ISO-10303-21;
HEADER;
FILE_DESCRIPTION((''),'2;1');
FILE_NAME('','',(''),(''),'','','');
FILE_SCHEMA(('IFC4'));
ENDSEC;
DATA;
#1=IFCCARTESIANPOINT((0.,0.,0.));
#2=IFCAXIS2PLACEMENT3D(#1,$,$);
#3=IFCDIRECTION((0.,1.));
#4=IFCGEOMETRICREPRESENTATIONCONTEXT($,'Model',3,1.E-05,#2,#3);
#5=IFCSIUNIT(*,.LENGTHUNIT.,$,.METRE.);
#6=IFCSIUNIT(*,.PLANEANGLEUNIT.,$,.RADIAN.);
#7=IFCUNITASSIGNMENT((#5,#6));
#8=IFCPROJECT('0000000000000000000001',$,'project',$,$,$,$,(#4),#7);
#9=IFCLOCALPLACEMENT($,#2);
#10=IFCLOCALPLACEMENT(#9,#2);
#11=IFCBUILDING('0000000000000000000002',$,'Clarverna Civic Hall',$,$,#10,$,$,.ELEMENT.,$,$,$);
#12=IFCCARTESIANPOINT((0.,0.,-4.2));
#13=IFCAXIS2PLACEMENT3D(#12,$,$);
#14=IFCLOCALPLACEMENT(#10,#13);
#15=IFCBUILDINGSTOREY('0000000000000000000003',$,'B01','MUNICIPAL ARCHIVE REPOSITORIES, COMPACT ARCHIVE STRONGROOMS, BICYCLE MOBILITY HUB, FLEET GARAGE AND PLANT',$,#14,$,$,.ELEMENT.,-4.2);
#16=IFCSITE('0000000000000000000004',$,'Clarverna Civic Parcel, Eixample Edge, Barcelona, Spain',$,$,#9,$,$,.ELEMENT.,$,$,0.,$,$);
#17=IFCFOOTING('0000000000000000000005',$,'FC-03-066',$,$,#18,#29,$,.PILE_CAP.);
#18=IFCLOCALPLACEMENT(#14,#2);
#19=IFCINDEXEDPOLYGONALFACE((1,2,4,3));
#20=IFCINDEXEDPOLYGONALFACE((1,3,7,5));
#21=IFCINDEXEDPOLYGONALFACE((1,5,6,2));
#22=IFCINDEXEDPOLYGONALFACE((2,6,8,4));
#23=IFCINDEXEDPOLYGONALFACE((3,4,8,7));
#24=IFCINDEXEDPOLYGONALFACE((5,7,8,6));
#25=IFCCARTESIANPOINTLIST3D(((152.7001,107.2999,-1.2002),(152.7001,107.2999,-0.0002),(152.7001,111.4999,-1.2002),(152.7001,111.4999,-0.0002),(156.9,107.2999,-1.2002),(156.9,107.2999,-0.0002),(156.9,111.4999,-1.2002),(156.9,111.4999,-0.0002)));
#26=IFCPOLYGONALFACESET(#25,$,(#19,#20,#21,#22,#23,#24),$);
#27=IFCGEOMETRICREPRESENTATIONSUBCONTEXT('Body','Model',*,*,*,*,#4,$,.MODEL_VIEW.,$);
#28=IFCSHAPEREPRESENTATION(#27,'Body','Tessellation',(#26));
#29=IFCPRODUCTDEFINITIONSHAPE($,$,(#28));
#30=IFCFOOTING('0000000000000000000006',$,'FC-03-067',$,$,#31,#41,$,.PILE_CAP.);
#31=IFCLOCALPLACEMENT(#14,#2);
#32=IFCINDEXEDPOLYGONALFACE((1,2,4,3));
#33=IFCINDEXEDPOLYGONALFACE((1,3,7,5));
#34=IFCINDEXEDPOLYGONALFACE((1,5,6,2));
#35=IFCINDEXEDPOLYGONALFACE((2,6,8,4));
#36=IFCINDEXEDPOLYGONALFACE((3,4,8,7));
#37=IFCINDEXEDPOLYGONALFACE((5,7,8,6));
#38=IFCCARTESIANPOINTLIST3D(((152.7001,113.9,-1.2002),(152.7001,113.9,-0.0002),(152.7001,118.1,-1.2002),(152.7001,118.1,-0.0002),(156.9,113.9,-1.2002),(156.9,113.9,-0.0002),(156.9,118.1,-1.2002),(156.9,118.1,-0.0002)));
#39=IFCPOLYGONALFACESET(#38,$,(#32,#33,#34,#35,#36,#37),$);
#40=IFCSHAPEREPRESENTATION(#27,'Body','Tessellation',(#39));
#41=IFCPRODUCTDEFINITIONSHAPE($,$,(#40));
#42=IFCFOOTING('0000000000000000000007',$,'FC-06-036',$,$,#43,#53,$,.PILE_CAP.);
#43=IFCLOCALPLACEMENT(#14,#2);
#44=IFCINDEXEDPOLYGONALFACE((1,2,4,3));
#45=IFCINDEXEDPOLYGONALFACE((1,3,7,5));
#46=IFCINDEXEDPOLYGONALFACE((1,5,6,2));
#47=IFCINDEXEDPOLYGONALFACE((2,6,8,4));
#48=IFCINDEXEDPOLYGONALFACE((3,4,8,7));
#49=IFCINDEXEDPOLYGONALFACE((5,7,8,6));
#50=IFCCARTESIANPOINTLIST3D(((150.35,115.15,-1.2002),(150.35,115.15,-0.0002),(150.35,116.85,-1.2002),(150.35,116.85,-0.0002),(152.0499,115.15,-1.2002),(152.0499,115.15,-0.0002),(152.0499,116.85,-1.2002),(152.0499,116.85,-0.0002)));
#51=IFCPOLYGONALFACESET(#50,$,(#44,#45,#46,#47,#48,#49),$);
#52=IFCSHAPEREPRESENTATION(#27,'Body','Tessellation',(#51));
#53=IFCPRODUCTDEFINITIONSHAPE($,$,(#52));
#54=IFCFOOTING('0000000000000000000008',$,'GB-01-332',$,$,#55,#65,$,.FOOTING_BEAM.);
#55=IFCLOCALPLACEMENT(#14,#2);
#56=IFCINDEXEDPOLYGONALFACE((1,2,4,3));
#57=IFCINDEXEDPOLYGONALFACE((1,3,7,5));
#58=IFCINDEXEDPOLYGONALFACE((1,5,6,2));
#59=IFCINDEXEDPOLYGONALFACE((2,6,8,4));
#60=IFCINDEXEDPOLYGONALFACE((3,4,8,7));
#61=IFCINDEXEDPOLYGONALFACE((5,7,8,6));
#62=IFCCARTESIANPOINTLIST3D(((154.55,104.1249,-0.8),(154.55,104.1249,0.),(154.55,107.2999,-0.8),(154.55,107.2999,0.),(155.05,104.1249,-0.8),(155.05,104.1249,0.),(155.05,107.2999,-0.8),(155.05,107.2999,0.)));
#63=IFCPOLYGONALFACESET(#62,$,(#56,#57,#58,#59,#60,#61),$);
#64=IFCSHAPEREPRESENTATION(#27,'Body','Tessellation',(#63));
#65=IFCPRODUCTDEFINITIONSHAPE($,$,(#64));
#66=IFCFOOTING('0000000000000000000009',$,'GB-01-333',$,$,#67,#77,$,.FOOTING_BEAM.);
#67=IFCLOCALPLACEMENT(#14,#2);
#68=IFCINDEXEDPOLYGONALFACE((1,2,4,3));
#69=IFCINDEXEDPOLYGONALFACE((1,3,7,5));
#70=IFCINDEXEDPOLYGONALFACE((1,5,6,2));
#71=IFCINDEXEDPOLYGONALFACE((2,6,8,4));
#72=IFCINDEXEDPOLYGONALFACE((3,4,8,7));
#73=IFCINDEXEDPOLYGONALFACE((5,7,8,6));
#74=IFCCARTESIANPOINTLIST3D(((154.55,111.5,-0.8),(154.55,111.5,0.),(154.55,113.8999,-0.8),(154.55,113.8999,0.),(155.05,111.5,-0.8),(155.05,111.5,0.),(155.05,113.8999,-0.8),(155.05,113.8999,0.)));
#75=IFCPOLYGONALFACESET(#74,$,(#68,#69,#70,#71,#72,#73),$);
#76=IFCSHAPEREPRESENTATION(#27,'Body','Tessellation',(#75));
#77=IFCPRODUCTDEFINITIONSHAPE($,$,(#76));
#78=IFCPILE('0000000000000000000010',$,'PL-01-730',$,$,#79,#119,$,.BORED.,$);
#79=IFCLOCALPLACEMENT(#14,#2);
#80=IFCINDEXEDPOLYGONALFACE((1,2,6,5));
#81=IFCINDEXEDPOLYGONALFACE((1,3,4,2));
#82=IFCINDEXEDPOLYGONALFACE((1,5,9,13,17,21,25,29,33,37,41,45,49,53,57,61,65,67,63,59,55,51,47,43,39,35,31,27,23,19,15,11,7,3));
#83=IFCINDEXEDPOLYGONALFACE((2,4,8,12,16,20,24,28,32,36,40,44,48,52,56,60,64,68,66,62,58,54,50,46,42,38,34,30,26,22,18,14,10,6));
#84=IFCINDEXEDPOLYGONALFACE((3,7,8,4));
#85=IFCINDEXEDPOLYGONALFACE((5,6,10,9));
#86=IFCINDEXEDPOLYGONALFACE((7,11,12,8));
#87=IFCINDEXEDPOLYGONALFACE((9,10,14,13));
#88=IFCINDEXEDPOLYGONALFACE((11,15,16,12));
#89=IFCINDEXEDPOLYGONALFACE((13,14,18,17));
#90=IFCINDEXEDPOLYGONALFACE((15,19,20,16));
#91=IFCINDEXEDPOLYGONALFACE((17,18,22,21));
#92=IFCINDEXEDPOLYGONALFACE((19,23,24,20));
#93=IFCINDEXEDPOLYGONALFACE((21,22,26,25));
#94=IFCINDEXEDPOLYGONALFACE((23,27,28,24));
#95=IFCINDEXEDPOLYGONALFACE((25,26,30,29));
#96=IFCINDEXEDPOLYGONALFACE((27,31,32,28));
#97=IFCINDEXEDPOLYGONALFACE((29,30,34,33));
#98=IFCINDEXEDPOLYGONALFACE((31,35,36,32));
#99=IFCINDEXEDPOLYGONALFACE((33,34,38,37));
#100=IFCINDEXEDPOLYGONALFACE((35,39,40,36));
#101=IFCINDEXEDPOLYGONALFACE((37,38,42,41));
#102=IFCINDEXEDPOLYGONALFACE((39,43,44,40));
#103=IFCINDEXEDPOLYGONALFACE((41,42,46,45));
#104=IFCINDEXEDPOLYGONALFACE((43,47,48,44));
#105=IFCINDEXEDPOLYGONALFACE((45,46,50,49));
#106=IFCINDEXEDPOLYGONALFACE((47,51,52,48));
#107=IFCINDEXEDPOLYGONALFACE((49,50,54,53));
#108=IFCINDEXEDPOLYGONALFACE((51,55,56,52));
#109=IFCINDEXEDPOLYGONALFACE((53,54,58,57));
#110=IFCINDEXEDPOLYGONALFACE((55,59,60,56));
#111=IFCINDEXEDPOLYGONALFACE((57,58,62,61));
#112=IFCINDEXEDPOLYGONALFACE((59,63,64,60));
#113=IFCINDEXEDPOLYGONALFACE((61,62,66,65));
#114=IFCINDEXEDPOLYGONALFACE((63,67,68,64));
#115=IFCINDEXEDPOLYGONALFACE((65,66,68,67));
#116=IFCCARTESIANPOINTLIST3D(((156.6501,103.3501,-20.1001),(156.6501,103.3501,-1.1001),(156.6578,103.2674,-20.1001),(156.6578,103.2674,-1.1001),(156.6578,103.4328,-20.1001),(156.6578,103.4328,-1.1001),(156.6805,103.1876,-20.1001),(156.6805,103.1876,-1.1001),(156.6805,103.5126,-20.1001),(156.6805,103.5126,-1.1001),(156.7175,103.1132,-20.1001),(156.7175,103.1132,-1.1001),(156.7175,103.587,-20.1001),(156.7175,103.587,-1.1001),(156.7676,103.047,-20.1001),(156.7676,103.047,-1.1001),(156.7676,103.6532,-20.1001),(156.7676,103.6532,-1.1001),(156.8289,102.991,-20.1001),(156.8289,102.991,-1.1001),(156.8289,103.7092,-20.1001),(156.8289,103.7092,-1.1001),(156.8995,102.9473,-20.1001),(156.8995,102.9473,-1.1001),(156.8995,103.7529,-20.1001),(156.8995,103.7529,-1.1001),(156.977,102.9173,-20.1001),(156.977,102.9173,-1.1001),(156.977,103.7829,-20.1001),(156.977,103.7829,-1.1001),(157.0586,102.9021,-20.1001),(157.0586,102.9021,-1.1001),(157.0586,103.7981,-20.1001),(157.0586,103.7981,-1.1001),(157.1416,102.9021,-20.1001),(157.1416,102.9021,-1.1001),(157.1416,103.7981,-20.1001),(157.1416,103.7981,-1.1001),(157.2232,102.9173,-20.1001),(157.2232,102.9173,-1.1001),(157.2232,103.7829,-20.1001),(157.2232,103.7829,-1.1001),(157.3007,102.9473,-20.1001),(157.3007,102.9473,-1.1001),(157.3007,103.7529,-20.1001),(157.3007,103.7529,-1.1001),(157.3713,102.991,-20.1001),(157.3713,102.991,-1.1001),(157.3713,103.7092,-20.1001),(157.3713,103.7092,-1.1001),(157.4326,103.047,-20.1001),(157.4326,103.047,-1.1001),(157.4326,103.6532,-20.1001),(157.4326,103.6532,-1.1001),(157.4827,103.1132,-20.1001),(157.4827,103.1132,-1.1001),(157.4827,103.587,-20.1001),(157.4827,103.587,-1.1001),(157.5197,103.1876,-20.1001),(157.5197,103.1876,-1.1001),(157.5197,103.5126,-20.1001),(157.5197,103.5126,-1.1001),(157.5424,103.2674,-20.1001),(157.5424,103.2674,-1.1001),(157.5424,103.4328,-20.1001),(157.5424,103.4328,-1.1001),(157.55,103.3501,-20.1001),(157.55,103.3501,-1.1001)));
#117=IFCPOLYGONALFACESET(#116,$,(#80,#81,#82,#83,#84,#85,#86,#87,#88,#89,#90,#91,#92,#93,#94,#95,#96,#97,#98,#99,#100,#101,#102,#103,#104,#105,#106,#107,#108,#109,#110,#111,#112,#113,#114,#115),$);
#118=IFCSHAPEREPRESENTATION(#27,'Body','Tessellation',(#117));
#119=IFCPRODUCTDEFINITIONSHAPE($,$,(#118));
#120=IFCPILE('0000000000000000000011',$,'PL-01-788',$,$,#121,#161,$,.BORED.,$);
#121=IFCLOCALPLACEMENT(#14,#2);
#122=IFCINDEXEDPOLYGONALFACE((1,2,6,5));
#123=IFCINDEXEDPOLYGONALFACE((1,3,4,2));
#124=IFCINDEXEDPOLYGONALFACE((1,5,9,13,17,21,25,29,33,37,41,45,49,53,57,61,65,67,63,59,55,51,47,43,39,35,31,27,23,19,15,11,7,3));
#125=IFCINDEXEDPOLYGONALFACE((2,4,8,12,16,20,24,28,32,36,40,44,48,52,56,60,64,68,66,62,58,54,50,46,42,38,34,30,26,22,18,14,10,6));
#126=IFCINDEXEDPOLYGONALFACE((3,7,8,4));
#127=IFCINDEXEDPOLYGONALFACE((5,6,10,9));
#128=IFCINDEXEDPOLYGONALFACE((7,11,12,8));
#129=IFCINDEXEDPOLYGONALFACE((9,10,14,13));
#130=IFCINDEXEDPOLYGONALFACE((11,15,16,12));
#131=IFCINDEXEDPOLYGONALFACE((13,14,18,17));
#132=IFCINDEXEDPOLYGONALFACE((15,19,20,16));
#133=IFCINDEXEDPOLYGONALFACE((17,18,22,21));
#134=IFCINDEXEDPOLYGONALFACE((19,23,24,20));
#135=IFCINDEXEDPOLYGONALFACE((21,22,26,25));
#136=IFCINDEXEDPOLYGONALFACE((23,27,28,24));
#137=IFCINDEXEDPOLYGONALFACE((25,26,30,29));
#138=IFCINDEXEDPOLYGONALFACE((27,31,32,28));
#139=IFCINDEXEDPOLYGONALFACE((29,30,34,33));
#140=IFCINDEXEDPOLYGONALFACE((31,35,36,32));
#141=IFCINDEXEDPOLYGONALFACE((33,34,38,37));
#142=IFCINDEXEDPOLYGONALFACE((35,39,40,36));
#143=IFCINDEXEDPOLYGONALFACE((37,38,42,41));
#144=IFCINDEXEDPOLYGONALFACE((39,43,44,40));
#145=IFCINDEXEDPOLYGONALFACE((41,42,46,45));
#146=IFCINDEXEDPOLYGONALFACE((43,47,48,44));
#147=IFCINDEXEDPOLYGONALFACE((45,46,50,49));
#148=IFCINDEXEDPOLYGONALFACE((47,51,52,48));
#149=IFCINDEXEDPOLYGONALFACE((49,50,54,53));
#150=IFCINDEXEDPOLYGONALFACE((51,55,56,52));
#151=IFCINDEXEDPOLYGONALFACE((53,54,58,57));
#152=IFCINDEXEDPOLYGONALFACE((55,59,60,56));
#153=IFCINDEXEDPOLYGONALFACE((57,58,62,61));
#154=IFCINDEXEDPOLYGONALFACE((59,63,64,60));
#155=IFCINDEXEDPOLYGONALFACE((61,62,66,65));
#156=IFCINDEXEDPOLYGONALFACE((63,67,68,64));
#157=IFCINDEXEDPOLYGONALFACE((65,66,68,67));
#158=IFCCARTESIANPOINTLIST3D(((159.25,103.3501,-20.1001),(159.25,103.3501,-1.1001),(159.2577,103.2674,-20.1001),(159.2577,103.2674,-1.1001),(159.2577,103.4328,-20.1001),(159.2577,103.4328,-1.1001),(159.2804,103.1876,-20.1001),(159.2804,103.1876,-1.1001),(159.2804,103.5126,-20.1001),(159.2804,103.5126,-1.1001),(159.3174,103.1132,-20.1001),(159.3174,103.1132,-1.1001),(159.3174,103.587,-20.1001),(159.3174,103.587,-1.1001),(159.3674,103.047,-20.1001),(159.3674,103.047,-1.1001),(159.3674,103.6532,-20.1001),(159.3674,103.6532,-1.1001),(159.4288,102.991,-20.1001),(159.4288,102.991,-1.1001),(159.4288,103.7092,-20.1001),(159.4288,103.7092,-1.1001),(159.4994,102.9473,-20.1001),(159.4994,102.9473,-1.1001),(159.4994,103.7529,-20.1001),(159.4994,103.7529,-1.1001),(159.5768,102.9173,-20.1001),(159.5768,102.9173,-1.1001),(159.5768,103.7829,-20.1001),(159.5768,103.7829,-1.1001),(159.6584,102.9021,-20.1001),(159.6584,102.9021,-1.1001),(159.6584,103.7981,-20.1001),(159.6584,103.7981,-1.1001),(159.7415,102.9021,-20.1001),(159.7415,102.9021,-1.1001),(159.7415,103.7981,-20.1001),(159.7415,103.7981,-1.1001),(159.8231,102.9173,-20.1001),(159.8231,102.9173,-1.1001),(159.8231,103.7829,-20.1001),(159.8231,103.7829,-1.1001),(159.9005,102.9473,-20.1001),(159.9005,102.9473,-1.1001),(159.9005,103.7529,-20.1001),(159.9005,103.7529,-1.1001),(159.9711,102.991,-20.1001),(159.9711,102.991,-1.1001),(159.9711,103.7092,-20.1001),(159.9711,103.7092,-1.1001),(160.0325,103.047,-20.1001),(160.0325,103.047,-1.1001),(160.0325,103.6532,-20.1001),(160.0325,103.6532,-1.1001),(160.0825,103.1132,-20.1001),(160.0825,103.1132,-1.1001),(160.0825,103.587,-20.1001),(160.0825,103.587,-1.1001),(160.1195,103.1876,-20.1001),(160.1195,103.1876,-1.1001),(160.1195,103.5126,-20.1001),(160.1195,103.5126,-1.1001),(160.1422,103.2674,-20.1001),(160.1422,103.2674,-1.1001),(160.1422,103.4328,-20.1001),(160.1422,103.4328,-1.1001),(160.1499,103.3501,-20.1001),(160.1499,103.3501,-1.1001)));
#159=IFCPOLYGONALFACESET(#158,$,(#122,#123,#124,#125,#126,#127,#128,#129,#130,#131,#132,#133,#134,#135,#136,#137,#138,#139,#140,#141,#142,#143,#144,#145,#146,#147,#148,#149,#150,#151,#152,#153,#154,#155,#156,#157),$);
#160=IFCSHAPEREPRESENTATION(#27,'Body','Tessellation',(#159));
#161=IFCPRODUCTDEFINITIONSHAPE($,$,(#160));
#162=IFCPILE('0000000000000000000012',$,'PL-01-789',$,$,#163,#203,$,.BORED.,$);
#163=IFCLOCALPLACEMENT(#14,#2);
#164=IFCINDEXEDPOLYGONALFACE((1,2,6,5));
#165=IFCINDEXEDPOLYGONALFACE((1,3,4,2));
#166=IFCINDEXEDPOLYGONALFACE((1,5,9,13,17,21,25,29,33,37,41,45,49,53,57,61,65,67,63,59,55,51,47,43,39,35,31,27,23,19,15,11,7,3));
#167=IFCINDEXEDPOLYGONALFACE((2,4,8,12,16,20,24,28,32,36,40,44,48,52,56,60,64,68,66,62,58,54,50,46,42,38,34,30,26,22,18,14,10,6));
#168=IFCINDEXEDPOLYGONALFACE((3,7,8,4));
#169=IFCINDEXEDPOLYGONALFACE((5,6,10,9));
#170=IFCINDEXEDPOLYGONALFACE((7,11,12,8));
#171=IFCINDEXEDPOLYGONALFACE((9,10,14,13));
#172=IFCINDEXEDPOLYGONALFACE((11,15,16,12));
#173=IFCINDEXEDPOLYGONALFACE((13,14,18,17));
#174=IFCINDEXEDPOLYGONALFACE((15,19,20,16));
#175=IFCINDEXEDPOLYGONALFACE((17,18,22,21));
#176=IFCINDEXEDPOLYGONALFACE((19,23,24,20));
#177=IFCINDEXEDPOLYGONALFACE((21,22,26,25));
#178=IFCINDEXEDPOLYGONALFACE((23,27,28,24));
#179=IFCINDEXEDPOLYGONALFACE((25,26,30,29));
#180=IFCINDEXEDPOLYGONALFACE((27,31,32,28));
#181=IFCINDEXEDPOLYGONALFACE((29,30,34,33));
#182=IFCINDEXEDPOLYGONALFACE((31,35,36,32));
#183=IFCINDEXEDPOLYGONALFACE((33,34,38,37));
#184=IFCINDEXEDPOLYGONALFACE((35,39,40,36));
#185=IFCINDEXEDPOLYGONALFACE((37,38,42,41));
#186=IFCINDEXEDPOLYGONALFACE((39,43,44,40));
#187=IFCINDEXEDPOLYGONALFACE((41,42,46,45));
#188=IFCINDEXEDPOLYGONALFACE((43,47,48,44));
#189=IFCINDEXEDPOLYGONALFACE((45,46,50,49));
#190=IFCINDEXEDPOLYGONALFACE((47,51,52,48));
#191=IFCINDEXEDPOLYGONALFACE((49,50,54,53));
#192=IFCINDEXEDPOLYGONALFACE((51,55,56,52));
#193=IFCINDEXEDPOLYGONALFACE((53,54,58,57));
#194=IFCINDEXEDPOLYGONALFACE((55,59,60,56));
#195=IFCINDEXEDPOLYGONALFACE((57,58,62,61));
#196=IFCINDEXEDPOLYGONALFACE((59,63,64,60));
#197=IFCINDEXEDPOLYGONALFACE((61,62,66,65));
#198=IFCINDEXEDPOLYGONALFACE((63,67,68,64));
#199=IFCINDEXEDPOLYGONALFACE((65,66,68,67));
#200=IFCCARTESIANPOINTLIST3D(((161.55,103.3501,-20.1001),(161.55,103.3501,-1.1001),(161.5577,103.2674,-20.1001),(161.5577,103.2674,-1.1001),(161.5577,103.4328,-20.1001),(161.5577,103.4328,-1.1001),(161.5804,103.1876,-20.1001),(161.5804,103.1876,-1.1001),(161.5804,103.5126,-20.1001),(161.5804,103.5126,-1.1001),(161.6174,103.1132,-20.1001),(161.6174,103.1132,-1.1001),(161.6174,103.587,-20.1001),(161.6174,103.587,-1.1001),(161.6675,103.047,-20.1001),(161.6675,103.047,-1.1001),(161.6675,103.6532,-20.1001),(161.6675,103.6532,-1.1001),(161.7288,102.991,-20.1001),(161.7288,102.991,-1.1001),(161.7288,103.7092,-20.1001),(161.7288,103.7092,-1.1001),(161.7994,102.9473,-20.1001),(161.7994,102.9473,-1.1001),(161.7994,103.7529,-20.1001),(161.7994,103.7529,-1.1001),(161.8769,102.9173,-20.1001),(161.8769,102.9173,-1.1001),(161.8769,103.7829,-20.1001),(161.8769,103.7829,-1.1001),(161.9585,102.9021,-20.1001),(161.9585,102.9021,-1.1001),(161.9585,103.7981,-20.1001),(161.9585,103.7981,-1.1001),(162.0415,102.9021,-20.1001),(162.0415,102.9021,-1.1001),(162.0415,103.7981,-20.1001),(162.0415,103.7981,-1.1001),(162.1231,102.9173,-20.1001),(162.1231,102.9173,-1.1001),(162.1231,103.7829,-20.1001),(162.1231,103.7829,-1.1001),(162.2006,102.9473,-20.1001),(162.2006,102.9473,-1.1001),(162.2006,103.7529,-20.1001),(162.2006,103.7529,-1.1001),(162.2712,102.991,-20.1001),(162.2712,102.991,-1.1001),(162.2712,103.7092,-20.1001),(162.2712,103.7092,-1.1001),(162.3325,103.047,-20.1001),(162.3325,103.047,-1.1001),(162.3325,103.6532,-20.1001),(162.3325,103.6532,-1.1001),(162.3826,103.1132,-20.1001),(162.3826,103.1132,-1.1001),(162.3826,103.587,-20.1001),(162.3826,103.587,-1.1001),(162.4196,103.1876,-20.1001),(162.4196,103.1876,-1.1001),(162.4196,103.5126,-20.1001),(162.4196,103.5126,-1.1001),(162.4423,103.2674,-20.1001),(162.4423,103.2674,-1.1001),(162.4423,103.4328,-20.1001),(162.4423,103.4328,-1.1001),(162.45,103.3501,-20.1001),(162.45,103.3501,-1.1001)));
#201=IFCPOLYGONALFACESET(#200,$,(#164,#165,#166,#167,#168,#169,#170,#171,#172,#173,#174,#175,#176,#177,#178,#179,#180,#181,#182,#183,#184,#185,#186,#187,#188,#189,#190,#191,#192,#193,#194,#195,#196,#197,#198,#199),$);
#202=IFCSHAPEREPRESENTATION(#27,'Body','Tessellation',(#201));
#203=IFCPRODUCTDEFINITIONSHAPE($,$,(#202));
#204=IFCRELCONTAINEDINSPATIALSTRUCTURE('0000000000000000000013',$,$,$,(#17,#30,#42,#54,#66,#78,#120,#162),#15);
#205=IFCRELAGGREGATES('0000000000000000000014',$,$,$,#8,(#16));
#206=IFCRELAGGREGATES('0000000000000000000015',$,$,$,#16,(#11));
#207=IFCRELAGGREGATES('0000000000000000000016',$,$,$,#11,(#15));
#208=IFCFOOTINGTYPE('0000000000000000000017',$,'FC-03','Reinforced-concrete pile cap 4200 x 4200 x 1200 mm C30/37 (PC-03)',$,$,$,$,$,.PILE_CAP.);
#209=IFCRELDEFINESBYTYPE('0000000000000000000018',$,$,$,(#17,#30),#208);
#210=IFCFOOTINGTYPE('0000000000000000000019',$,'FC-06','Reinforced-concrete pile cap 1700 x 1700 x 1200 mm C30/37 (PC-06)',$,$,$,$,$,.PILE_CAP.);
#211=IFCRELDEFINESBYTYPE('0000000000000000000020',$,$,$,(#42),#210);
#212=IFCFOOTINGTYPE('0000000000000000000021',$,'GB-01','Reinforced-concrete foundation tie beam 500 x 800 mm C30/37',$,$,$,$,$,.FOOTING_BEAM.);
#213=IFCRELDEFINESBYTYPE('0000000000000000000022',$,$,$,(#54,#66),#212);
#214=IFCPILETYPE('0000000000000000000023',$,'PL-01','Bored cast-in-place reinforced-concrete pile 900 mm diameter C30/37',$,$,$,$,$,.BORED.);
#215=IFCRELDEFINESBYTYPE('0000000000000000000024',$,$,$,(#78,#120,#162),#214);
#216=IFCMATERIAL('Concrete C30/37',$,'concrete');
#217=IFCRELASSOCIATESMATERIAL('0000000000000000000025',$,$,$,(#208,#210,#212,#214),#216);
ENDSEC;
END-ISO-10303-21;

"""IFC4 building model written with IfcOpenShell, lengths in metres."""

from ifc_helpers import new_model, si_unit, direction, frame, frame_2d, origin, origin_2d, place, context, subcontext, project, spatial, rectangle, circle, extrude, material, material_profile, profile_set, type_object, element, save


model = new_model("IFC4")

# Units and contexts
model_context = context("Model", 3, precision=1e-05, world=origin(), true_north=direction((0.0, 1.0)))
body_context = subcontext(model_context, "Body", "Model", "MODEL_VIEW")
ifc_project = project(units=[si_unit("LENGTHUNIT", "METRE"), si_unit("PLANEANGLEUNIT", "RADIAN")], contexts=[model_context])

# Site, building, storey
site_placement = place(None, origin())
site = spatial("IfcSite", under=ifc_project, at=site_placement, Name="Clarverna Civic Parcel, Eixample Edge, Barcelona, Spain", CompositionType="ELEMENT", RefElevation=0.0)
building_placement = place(site_placement, origin())
building = spatial("IfcBuilding", under=site, at=building_placement, Name="Clarverna Civic Hall", CompositionType="ELEMENT")
storey_placement = place(building_placement, frame((0.0, 0.0, -4.2)))
storey = spatial("IfcBuildingStorey", under=building, at=storey_placement, Name="B01", Description="MUNICIPAL ARCHIVE REPOSITORIES, COMPACT ARCHIVE STRONGROOMS, BICYCLE MOBILITY HUB, FLEET GARAGE AND PLANT", CompositionType="ELEMENT", Elevation=-4.2)

# Footings
ifc_material_1 = material(Name="Concrete C30/37", Category="concrete")
footing_type_1 = type_object("IfcFootingType", Name="FC-03", Description="Reinforced-concrete pile cap 4200 x 4200 x 1200 mm C30/37 (PC-03)", PredefinedType="PILE_CAP", material=ifc_material_1)
for number, where, z_axis, x_axis, name in (
    (1, (154.8, 109.3999, -1.2002), (0.0, 0.0, 1.0), (1.0, 0.0, 0.0), "FC-03-066"),
    (2, (154.8, 116.0, -1.2002), (0.0, 0.0, 1.0), (1.0, 0.0, 0.0), "FC-03-067"),
):
    element("IfcFooting", number, at=place(storey_placement, frame(where, z_axis=z_axis, x_axis=x_axis)), inside=storey, type_object=footing_type_1, Name=name, PredefinedType="PILE_CAP", context=body_context, shape_type="SweptSolid", body=[
        extrude(rectangle(XDim=4.2, YDim=4.2, at=origin_2d()), origin(), (0.0, 0.0, 1.0), 1.2),
    ])
footing_type_2 = type_object("IfcFootingType", Name="FC-06", Description="Reinforced-concrete pile cap 1700 x 1700 x 1200 mm C30/37 (PC-06)", PredefinedType="PILE_CAP", material=ifc_material_1)
footing_1_placement = place(storey_placement, frame((151.2, 116.0, -1.2002), z_axis=(0.0, 0.0, 1.0), x_axis=(1.0, 0.0, 0.0)))
element("IfcFooting", 3, at=footing_1_placement, inside=storey, type_object=footing_type_2, Name="FC-06-036", PredefinedType="PILE_CAP", context=body_context, shape_type="SweptSolid", body=[
    extrude(rectangle(XDim=1.7, YDim=1.7, at=origin_2d()), origin(), (0.0, 0.0, 1.0), 1.2),
])
footing_type_3 = type_object("IfcFootingType", Name="GB-01", Description="Reinforced-concrete foundation tie beam 500 x 800 mm C30/37", PredefinedType="FOOTING_BEAM", material=ifc_material_1)
footing_2_placement = place(storey_placement, frame((154.8, 104.125, -0.8), z_axis=(0.0, 0.0, 1.0), x_axis=(0.0, 1.0, 0.0)))
element("IfcFooting", 4, at=footing_2_placement, inside=storey, type_object=footing_type_3, Name="GB-01-332", PredefinedType="FOOTING_BEAM", context=body_context, shape_type="SweptSolid", body=[
    extrude(rectangle(XDim=3.175, YDim=0.5, at=frame_2d((1.5874, 0.0))), origin(), (0.0, 0.0, 1.0), 0.8),
])
footing_3_placement = place(storey_placement, frame((154.8, 111.5, -0.8), z_axis=(0.0, 0.0, 1.0), x_axis=(0.0, 1.0, 0.0)))
element("IfcFooting", 5, at=footing_3_placement, inside=storey, type_object=footing_type_3, Name="GB-01-333", PredefinedType="FOOTING_BEAM", context=body_context, shape_type="SweptSolid", body=[
    extrude(rectangle(XDim=2.3999, YDim=0.5, at=frame_2d((1.2, 0.0))), origin(), (0.0, 0.0, 1.0), 0.8),
])

# Piles
ifc_material_profile_1 = material_profile(ifc_material_1, circle(Radius=0.45, at=origin_2d()), Name="BORED PILE D900")
ifc_profile_set_1 = profile_set([ifc_material_profile_1], Name="Concrete C30/37")
pile_type_1 = type_object("IfcPileType", Name="PL-01", Description="Bored cast-in-place reinforced-concrete pile 900 mm diameter C30/37", PredefinedType="BORED", material=ifc_profile_set_1)
for number, where, z_axis, x_axis, name in (
    (6, (157.1001, 103.3501, -1.1001), (0.0, 0.0, -1.0), (1.0, 0.0, 0.0), "PL-01-730"),
    (7, (159.7, 103.3501, -1.1001), (0.0, 0.0, -1.0), (1.0, 0.0, 0.0), "PL-01-788"),
    (8, (162.0, 103.3501, -1.1001), (0.0, 0.0, -1.0), (1.0, 0.0, 0.0), "PL-01-789"),
):
    element("IfcPile", number, at=place(storey_placement, frame(where, z_axis=z_axis, x_axis=x_axis)), inside=storey, type_object=pile_type_1, Name=name, PredefinedType="BORED", context=body_context, shape_type="SweptSolid", body=[
        extrude(circle(Radius=0.45, at=origin_2d()), origin(), (0.0, 0.0, 1.0), 19.0),
    ])

save(model, "model.ifc")
